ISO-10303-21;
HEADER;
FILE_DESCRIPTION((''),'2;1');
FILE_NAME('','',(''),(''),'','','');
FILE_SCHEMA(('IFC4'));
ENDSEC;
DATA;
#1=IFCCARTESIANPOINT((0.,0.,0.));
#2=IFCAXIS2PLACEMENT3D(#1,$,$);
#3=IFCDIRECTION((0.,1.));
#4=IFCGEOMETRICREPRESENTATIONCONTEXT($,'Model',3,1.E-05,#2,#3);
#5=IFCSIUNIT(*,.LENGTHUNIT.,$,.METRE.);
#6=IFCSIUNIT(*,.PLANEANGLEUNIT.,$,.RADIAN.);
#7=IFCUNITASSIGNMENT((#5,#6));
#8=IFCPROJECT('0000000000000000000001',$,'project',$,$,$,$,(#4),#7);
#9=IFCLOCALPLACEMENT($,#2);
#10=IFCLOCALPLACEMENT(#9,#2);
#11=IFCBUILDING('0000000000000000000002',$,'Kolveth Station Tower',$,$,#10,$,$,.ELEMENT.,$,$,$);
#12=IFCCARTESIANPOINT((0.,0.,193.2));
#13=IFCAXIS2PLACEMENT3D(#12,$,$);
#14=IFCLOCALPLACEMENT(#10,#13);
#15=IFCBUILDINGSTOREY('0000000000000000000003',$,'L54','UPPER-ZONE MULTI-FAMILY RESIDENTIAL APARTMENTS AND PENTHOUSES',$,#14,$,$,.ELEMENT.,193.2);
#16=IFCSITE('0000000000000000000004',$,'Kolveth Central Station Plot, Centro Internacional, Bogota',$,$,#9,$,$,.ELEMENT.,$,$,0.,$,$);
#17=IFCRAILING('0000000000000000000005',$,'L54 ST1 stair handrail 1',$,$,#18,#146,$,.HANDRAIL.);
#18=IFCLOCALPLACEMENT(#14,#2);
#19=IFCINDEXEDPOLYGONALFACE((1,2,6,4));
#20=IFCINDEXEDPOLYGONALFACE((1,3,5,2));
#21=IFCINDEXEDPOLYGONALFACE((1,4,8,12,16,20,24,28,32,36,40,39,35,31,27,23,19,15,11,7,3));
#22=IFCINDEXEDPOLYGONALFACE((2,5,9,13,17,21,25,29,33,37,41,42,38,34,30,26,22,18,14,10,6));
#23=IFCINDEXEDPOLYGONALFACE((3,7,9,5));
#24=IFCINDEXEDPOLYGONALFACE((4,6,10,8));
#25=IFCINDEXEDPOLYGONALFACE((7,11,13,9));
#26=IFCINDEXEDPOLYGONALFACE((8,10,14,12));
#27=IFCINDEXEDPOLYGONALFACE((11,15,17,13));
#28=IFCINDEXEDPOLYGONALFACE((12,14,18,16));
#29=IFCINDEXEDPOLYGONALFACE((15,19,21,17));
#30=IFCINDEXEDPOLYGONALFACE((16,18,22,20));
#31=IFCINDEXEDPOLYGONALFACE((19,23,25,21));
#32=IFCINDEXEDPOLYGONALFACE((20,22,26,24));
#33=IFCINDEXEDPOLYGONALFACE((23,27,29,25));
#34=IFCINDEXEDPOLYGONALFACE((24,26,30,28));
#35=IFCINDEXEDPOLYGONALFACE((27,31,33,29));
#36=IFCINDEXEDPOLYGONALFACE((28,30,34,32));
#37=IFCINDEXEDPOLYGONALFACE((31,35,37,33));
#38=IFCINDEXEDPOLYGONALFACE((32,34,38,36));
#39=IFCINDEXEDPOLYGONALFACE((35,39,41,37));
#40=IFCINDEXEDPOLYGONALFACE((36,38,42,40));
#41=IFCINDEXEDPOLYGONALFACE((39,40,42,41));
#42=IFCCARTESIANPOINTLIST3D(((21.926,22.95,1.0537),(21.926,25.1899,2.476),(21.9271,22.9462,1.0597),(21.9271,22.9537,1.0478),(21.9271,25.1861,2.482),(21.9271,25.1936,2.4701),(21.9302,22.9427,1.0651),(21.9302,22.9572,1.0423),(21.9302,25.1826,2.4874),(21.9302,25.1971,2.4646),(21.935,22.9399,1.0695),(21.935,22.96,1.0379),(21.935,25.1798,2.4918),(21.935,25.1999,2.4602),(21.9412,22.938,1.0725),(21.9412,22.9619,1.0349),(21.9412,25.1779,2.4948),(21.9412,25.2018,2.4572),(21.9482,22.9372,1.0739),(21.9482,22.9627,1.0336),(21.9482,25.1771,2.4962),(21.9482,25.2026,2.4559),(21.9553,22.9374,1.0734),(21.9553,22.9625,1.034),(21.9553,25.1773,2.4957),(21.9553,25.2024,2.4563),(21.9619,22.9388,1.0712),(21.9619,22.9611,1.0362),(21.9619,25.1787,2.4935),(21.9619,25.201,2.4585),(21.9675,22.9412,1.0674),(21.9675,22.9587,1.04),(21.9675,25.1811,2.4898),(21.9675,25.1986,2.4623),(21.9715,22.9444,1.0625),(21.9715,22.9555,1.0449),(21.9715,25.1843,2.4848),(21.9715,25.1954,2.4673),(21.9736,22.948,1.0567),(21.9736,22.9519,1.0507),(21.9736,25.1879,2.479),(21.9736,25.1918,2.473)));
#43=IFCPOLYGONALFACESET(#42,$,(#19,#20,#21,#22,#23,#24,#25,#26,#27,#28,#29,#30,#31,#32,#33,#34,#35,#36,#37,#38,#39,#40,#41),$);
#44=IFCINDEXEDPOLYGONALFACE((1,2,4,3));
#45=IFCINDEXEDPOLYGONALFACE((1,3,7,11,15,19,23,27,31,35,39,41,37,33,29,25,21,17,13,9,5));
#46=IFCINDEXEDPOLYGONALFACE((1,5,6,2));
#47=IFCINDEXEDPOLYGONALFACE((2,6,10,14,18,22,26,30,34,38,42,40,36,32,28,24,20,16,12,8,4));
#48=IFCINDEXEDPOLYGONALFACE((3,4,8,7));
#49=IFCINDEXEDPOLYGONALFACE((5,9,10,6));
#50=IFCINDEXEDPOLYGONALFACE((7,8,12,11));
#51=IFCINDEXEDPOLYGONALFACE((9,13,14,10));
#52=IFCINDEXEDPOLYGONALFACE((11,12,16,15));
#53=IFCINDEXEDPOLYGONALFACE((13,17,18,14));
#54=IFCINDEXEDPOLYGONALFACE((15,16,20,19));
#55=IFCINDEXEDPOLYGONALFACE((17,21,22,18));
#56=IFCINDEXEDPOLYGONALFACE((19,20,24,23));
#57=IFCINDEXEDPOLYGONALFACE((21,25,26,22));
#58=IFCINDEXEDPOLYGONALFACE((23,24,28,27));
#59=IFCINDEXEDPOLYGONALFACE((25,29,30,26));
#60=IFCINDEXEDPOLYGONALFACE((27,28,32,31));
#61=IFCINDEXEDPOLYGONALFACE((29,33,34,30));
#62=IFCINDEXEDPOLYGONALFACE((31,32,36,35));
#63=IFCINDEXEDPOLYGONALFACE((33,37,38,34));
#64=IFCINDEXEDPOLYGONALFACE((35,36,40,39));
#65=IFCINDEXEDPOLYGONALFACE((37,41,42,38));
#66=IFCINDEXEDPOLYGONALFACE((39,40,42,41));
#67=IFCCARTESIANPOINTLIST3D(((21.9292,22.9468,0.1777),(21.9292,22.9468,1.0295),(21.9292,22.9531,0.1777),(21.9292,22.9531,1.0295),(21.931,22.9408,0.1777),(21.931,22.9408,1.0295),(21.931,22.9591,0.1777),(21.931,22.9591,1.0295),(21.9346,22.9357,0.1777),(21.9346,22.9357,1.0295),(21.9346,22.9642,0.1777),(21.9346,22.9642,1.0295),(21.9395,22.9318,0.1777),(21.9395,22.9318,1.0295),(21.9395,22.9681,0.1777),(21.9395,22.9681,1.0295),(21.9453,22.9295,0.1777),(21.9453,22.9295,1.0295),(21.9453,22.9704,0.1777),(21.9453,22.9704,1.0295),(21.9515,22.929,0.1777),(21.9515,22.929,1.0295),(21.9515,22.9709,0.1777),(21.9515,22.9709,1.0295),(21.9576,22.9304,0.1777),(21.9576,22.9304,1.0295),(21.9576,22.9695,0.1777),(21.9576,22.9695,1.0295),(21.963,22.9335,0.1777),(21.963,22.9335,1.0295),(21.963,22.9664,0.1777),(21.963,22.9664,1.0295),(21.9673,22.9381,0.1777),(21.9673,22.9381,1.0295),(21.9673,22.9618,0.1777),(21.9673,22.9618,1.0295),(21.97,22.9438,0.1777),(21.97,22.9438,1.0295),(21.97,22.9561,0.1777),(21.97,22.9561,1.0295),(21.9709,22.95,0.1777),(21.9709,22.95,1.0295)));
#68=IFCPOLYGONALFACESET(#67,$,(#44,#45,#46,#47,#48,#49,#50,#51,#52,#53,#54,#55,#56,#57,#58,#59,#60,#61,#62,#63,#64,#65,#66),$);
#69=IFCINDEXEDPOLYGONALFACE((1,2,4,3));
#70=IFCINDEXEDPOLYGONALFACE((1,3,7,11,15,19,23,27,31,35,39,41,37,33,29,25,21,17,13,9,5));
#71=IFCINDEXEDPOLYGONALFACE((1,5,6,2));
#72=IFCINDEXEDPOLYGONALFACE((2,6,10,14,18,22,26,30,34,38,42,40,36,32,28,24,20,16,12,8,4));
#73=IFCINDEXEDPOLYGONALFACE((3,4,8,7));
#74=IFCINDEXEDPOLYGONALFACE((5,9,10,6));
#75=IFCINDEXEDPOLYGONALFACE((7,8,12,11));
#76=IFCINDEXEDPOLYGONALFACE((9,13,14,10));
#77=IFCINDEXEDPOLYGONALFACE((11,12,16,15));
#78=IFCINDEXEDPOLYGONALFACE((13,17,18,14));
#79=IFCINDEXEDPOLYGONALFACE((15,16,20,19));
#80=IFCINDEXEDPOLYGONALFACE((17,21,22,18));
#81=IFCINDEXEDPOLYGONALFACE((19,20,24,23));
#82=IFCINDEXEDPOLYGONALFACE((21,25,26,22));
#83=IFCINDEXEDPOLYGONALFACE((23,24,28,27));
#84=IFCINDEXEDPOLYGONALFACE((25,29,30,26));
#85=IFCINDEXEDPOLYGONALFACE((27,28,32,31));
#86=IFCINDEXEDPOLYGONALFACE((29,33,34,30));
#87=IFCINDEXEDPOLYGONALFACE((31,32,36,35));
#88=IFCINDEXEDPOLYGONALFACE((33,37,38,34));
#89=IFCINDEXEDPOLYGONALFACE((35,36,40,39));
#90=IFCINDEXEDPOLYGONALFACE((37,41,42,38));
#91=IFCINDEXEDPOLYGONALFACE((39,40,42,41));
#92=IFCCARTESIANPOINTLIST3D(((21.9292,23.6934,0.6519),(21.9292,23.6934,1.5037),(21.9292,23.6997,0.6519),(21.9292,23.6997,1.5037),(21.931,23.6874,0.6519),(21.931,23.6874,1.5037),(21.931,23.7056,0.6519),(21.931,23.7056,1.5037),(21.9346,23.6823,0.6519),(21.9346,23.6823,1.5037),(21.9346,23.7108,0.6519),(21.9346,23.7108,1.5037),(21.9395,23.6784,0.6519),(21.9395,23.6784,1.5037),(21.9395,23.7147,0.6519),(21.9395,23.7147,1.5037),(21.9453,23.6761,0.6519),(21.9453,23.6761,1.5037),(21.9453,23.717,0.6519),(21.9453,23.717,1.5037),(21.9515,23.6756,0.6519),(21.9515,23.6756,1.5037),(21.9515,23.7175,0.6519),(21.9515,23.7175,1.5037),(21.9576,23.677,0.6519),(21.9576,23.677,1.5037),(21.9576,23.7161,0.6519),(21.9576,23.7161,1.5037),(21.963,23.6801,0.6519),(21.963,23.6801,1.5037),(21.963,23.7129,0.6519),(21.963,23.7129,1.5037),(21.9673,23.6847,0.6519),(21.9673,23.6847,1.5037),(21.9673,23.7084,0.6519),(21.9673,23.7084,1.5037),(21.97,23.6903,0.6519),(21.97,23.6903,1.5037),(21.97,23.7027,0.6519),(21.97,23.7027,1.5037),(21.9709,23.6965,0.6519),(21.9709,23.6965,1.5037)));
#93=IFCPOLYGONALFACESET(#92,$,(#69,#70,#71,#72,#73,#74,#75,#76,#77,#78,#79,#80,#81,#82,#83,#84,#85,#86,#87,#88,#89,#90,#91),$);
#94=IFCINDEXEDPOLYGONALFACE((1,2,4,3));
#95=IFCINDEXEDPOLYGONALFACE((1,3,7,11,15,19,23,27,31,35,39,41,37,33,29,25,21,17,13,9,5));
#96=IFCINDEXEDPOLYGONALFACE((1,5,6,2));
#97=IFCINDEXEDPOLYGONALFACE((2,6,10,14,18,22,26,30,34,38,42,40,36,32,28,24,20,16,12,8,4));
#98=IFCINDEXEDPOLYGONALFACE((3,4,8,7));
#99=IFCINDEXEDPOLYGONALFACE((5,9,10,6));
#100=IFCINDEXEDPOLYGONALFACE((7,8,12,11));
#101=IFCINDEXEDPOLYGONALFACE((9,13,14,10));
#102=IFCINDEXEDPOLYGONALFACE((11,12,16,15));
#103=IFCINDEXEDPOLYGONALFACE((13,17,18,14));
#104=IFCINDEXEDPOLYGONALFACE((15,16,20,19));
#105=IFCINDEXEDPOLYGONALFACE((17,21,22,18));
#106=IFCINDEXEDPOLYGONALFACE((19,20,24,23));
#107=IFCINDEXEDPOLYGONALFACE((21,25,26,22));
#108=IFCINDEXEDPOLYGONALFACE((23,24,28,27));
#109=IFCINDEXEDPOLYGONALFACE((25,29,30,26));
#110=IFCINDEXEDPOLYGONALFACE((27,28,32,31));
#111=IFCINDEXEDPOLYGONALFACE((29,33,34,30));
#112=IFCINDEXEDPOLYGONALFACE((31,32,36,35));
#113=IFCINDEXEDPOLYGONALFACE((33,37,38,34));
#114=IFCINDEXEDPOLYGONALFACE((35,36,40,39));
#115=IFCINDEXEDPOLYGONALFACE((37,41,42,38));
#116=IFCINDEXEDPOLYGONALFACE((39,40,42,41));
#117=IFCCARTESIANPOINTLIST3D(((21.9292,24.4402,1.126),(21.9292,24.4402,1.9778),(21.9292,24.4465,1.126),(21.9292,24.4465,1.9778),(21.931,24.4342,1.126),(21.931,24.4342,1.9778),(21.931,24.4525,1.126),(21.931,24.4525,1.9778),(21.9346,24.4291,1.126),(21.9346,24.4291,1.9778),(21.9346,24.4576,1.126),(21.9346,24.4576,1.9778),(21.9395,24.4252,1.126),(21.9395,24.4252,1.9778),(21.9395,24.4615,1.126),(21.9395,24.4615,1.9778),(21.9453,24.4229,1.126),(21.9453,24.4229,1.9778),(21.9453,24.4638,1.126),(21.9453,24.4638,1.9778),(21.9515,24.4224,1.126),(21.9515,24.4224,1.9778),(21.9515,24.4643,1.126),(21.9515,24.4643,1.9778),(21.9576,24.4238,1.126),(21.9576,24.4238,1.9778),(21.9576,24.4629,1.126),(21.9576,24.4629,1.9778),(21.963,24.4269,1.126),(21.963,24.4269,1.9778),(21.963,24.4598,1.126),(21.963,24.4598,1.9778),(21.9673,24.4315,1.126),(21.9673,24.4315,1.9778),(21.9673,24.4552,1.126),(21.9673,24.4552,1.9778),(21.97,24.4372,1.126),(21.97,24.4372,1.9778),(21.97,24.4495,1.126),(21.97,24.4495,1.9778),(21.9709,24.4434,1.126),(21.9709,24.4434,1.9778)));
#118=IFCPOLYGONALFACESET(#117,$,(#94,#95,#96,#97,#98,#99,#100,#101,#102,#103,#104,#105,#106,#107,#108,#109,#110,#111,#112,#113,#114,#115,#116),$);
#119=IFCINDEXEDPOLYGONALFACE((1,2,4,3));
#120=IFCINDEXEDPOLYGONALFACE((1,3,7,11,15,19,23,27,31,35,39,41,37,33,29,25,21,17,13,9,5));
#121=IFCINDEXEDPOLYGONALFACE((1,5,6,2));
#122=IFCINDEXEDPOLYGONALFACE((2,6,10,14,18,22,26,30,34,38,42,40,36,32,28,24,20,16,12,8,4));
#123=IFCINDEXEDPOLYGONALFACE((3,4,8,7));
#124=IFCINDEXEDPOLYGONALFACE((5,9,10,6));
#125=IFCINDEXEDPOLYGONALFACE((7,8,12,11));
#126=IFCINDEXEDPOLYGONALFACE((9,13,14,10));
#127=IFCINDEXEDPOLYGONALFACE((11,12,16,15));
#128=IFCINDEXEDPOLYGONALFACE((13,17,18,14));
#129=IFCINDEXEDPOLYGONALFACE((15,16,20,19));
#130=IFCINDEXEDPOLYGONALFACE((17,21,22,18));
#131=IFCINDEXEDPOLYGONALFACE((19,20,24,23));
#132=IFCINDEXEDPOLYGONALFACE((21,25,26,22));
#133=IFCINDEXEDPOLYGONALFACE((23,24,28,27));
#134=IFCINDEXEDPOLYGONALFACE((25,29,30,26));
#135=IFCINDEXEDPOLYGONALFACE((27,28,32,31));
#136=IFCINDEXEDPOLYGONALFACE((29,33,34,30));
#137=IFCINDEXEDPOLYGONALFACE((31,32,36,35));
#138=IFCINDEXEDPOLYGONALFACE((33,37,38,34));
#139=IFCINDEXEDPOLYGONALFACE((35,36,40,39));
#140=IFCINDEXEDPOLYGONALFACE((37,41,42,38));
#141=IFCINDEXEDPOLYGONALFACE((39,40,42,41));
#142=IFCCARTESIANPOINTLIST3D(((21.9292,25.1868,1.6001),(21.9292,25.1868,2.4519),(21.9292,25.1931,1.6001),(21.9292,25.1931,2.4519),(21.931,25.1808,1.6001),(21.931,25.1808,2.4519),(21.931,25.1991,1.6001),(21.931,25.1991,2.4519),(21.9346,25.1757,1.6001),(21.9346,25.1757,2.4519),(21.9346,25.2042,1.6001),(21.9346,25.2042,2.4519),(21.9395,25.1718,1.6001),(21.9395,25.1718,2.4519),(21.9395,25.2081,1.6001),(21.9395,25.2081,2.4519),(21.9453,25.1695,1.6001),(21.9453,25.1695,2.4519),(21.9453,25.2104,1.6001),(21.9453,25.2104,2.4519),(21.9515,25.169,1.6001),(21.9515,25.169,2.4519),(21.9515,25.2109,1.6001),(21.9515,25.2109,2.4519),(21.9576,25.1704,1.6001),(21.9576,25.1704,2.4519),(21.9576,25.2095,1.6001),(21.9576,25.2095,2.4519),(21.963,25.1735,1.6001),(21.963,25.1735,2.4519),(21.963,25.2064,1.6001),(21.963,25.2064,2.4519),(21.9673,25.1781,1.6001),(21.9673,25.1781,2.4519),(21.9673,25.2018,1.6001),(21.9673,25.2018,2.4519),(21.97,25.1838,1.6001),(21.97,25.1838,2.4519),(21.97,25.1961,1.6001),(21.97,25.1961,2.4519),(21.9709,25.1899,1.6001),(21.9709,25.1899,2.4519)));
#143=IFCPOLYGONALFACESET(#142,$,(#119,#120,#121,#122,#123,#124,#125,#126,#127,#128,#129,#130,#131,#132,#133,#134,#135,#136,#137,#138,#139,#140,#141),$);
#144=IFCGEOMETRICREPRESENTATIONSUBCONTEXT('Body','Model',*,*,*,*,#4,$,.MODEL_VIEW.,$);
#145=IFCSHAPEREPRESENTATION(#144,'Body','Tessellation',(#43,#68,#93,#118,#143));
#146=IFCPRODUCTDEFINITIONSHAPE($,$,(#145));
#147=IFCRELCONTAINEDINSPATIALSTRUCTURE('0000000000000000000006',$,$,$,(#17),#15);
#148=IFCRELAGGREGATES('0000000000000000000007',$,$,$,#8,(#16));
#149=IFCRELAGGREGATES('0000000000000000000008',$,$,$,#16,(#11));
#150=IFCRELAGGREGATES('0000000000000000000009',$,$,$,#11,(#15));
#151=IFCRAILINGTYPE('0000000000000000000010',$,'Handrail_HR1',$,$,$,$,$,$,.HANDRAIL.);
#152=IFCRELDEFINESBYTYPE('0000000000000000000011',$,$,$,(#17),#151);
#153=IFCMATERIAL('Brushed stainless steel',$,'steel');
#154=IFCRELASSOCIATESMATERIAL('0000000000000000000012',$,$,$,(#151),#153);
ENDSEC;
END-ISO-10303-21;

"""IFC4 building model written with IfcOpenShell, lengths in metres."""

from ifc_helpers import new_model, si_unit, direction, frame, origin, origin_2d, place, context, subcontext, project, spatial, circle, extrude, material, type_object, element, save


model = new_model("IFC4")

# Units and contexts
model_context = context("Model", 3, precision=1e-05, world=origin(), true_north=direction((0.0, 1.0)))
body_context = subcontext(model_context, "Body", "Model", "MODEL_VIEW")
ifc_project = project(units=[si_unit("LENGTHUNIT", "METRE"), si_unit("PLANEANGLEUNIT", "RADIAN")], contexts=[model_context])

# Site, building, storey
site_placement = place(None, origin())
site = spatial("IfcSite", under=ifc_project, at=site_placement, Name="Kolveth Central Station Plot, Centro Internacional, Bogota", CompositionType="ELEMENT", RefElevation=0.0)
building_placement = place(site_placement, origin())
building = spatial("IfcBuilding", under=site, at=building_placement, Name="Kolveth Station Tower", CompositionType="ELEMENT")
storey_placement = place(building_placement, frame((0.0, 0.0, 193.2)))
storey = spatial("IfcBuildingStorey", under=building, at=storey_placement, Name="L54", Description="UPPER-ZONE MULTI-FAMILY RESIDENTIAL APARTMENTS AND PENTHOUSES", CompositionType="ELEMENT", Elevation=193.2)

# Railing
ifc_material_1 = material(Name="Brushed stainless steel", Category="steel")
railing_type_1 = type_object("IfcRailingType", Name="Handrail_HR1", PredefinedType="HANDRAIL", material=ifc_material_1)
railing_1_placement = place(storey_placement, frame((21.95, 22.95, 0.1777)))
element("IfcRailing", 1, at=railing_1_placement, inside=storey, type_object=railing_type_1, Name="L54 ST1 stair handrail 1", PredefinedType="HANDRAIL", context=body_context, shape_type="SweptSolid", body=[
    extrude(circle(Radius=0.0239, at=origin_2d()), frame((0.0, 0.0, 0.876), z_axis=(0.0, 0.844188, 0.536048), x_axis=(-1.0, 0.0, 0.0)), (0.0, 0.0, 1.0), 2.6533),
    extrude(circle(Radius=0.021, at=origin_2d()), origin(), (0.0, 0.0, 1.0), 0.8518),
    extrude(circle(Radius=0.021, at=origin_2d()), frame((0.0, 0.7466, 0.4741)), (0.0, 0.0, 1.0), 0.8518),
    extrude(circle(Radius=0.021, at=origin_2d()), frame((0.0, 1.4934, 0.9482)), (0.0, 0.0, 1.0), 0.8518),
    extrude(circle(Radius=0.021, at=origin_2d()), frame((0.0, 2.24, 1.4224)), (0.0, 0.0, 1.0), 0.8518),
])

save(model, "model.ifc")
